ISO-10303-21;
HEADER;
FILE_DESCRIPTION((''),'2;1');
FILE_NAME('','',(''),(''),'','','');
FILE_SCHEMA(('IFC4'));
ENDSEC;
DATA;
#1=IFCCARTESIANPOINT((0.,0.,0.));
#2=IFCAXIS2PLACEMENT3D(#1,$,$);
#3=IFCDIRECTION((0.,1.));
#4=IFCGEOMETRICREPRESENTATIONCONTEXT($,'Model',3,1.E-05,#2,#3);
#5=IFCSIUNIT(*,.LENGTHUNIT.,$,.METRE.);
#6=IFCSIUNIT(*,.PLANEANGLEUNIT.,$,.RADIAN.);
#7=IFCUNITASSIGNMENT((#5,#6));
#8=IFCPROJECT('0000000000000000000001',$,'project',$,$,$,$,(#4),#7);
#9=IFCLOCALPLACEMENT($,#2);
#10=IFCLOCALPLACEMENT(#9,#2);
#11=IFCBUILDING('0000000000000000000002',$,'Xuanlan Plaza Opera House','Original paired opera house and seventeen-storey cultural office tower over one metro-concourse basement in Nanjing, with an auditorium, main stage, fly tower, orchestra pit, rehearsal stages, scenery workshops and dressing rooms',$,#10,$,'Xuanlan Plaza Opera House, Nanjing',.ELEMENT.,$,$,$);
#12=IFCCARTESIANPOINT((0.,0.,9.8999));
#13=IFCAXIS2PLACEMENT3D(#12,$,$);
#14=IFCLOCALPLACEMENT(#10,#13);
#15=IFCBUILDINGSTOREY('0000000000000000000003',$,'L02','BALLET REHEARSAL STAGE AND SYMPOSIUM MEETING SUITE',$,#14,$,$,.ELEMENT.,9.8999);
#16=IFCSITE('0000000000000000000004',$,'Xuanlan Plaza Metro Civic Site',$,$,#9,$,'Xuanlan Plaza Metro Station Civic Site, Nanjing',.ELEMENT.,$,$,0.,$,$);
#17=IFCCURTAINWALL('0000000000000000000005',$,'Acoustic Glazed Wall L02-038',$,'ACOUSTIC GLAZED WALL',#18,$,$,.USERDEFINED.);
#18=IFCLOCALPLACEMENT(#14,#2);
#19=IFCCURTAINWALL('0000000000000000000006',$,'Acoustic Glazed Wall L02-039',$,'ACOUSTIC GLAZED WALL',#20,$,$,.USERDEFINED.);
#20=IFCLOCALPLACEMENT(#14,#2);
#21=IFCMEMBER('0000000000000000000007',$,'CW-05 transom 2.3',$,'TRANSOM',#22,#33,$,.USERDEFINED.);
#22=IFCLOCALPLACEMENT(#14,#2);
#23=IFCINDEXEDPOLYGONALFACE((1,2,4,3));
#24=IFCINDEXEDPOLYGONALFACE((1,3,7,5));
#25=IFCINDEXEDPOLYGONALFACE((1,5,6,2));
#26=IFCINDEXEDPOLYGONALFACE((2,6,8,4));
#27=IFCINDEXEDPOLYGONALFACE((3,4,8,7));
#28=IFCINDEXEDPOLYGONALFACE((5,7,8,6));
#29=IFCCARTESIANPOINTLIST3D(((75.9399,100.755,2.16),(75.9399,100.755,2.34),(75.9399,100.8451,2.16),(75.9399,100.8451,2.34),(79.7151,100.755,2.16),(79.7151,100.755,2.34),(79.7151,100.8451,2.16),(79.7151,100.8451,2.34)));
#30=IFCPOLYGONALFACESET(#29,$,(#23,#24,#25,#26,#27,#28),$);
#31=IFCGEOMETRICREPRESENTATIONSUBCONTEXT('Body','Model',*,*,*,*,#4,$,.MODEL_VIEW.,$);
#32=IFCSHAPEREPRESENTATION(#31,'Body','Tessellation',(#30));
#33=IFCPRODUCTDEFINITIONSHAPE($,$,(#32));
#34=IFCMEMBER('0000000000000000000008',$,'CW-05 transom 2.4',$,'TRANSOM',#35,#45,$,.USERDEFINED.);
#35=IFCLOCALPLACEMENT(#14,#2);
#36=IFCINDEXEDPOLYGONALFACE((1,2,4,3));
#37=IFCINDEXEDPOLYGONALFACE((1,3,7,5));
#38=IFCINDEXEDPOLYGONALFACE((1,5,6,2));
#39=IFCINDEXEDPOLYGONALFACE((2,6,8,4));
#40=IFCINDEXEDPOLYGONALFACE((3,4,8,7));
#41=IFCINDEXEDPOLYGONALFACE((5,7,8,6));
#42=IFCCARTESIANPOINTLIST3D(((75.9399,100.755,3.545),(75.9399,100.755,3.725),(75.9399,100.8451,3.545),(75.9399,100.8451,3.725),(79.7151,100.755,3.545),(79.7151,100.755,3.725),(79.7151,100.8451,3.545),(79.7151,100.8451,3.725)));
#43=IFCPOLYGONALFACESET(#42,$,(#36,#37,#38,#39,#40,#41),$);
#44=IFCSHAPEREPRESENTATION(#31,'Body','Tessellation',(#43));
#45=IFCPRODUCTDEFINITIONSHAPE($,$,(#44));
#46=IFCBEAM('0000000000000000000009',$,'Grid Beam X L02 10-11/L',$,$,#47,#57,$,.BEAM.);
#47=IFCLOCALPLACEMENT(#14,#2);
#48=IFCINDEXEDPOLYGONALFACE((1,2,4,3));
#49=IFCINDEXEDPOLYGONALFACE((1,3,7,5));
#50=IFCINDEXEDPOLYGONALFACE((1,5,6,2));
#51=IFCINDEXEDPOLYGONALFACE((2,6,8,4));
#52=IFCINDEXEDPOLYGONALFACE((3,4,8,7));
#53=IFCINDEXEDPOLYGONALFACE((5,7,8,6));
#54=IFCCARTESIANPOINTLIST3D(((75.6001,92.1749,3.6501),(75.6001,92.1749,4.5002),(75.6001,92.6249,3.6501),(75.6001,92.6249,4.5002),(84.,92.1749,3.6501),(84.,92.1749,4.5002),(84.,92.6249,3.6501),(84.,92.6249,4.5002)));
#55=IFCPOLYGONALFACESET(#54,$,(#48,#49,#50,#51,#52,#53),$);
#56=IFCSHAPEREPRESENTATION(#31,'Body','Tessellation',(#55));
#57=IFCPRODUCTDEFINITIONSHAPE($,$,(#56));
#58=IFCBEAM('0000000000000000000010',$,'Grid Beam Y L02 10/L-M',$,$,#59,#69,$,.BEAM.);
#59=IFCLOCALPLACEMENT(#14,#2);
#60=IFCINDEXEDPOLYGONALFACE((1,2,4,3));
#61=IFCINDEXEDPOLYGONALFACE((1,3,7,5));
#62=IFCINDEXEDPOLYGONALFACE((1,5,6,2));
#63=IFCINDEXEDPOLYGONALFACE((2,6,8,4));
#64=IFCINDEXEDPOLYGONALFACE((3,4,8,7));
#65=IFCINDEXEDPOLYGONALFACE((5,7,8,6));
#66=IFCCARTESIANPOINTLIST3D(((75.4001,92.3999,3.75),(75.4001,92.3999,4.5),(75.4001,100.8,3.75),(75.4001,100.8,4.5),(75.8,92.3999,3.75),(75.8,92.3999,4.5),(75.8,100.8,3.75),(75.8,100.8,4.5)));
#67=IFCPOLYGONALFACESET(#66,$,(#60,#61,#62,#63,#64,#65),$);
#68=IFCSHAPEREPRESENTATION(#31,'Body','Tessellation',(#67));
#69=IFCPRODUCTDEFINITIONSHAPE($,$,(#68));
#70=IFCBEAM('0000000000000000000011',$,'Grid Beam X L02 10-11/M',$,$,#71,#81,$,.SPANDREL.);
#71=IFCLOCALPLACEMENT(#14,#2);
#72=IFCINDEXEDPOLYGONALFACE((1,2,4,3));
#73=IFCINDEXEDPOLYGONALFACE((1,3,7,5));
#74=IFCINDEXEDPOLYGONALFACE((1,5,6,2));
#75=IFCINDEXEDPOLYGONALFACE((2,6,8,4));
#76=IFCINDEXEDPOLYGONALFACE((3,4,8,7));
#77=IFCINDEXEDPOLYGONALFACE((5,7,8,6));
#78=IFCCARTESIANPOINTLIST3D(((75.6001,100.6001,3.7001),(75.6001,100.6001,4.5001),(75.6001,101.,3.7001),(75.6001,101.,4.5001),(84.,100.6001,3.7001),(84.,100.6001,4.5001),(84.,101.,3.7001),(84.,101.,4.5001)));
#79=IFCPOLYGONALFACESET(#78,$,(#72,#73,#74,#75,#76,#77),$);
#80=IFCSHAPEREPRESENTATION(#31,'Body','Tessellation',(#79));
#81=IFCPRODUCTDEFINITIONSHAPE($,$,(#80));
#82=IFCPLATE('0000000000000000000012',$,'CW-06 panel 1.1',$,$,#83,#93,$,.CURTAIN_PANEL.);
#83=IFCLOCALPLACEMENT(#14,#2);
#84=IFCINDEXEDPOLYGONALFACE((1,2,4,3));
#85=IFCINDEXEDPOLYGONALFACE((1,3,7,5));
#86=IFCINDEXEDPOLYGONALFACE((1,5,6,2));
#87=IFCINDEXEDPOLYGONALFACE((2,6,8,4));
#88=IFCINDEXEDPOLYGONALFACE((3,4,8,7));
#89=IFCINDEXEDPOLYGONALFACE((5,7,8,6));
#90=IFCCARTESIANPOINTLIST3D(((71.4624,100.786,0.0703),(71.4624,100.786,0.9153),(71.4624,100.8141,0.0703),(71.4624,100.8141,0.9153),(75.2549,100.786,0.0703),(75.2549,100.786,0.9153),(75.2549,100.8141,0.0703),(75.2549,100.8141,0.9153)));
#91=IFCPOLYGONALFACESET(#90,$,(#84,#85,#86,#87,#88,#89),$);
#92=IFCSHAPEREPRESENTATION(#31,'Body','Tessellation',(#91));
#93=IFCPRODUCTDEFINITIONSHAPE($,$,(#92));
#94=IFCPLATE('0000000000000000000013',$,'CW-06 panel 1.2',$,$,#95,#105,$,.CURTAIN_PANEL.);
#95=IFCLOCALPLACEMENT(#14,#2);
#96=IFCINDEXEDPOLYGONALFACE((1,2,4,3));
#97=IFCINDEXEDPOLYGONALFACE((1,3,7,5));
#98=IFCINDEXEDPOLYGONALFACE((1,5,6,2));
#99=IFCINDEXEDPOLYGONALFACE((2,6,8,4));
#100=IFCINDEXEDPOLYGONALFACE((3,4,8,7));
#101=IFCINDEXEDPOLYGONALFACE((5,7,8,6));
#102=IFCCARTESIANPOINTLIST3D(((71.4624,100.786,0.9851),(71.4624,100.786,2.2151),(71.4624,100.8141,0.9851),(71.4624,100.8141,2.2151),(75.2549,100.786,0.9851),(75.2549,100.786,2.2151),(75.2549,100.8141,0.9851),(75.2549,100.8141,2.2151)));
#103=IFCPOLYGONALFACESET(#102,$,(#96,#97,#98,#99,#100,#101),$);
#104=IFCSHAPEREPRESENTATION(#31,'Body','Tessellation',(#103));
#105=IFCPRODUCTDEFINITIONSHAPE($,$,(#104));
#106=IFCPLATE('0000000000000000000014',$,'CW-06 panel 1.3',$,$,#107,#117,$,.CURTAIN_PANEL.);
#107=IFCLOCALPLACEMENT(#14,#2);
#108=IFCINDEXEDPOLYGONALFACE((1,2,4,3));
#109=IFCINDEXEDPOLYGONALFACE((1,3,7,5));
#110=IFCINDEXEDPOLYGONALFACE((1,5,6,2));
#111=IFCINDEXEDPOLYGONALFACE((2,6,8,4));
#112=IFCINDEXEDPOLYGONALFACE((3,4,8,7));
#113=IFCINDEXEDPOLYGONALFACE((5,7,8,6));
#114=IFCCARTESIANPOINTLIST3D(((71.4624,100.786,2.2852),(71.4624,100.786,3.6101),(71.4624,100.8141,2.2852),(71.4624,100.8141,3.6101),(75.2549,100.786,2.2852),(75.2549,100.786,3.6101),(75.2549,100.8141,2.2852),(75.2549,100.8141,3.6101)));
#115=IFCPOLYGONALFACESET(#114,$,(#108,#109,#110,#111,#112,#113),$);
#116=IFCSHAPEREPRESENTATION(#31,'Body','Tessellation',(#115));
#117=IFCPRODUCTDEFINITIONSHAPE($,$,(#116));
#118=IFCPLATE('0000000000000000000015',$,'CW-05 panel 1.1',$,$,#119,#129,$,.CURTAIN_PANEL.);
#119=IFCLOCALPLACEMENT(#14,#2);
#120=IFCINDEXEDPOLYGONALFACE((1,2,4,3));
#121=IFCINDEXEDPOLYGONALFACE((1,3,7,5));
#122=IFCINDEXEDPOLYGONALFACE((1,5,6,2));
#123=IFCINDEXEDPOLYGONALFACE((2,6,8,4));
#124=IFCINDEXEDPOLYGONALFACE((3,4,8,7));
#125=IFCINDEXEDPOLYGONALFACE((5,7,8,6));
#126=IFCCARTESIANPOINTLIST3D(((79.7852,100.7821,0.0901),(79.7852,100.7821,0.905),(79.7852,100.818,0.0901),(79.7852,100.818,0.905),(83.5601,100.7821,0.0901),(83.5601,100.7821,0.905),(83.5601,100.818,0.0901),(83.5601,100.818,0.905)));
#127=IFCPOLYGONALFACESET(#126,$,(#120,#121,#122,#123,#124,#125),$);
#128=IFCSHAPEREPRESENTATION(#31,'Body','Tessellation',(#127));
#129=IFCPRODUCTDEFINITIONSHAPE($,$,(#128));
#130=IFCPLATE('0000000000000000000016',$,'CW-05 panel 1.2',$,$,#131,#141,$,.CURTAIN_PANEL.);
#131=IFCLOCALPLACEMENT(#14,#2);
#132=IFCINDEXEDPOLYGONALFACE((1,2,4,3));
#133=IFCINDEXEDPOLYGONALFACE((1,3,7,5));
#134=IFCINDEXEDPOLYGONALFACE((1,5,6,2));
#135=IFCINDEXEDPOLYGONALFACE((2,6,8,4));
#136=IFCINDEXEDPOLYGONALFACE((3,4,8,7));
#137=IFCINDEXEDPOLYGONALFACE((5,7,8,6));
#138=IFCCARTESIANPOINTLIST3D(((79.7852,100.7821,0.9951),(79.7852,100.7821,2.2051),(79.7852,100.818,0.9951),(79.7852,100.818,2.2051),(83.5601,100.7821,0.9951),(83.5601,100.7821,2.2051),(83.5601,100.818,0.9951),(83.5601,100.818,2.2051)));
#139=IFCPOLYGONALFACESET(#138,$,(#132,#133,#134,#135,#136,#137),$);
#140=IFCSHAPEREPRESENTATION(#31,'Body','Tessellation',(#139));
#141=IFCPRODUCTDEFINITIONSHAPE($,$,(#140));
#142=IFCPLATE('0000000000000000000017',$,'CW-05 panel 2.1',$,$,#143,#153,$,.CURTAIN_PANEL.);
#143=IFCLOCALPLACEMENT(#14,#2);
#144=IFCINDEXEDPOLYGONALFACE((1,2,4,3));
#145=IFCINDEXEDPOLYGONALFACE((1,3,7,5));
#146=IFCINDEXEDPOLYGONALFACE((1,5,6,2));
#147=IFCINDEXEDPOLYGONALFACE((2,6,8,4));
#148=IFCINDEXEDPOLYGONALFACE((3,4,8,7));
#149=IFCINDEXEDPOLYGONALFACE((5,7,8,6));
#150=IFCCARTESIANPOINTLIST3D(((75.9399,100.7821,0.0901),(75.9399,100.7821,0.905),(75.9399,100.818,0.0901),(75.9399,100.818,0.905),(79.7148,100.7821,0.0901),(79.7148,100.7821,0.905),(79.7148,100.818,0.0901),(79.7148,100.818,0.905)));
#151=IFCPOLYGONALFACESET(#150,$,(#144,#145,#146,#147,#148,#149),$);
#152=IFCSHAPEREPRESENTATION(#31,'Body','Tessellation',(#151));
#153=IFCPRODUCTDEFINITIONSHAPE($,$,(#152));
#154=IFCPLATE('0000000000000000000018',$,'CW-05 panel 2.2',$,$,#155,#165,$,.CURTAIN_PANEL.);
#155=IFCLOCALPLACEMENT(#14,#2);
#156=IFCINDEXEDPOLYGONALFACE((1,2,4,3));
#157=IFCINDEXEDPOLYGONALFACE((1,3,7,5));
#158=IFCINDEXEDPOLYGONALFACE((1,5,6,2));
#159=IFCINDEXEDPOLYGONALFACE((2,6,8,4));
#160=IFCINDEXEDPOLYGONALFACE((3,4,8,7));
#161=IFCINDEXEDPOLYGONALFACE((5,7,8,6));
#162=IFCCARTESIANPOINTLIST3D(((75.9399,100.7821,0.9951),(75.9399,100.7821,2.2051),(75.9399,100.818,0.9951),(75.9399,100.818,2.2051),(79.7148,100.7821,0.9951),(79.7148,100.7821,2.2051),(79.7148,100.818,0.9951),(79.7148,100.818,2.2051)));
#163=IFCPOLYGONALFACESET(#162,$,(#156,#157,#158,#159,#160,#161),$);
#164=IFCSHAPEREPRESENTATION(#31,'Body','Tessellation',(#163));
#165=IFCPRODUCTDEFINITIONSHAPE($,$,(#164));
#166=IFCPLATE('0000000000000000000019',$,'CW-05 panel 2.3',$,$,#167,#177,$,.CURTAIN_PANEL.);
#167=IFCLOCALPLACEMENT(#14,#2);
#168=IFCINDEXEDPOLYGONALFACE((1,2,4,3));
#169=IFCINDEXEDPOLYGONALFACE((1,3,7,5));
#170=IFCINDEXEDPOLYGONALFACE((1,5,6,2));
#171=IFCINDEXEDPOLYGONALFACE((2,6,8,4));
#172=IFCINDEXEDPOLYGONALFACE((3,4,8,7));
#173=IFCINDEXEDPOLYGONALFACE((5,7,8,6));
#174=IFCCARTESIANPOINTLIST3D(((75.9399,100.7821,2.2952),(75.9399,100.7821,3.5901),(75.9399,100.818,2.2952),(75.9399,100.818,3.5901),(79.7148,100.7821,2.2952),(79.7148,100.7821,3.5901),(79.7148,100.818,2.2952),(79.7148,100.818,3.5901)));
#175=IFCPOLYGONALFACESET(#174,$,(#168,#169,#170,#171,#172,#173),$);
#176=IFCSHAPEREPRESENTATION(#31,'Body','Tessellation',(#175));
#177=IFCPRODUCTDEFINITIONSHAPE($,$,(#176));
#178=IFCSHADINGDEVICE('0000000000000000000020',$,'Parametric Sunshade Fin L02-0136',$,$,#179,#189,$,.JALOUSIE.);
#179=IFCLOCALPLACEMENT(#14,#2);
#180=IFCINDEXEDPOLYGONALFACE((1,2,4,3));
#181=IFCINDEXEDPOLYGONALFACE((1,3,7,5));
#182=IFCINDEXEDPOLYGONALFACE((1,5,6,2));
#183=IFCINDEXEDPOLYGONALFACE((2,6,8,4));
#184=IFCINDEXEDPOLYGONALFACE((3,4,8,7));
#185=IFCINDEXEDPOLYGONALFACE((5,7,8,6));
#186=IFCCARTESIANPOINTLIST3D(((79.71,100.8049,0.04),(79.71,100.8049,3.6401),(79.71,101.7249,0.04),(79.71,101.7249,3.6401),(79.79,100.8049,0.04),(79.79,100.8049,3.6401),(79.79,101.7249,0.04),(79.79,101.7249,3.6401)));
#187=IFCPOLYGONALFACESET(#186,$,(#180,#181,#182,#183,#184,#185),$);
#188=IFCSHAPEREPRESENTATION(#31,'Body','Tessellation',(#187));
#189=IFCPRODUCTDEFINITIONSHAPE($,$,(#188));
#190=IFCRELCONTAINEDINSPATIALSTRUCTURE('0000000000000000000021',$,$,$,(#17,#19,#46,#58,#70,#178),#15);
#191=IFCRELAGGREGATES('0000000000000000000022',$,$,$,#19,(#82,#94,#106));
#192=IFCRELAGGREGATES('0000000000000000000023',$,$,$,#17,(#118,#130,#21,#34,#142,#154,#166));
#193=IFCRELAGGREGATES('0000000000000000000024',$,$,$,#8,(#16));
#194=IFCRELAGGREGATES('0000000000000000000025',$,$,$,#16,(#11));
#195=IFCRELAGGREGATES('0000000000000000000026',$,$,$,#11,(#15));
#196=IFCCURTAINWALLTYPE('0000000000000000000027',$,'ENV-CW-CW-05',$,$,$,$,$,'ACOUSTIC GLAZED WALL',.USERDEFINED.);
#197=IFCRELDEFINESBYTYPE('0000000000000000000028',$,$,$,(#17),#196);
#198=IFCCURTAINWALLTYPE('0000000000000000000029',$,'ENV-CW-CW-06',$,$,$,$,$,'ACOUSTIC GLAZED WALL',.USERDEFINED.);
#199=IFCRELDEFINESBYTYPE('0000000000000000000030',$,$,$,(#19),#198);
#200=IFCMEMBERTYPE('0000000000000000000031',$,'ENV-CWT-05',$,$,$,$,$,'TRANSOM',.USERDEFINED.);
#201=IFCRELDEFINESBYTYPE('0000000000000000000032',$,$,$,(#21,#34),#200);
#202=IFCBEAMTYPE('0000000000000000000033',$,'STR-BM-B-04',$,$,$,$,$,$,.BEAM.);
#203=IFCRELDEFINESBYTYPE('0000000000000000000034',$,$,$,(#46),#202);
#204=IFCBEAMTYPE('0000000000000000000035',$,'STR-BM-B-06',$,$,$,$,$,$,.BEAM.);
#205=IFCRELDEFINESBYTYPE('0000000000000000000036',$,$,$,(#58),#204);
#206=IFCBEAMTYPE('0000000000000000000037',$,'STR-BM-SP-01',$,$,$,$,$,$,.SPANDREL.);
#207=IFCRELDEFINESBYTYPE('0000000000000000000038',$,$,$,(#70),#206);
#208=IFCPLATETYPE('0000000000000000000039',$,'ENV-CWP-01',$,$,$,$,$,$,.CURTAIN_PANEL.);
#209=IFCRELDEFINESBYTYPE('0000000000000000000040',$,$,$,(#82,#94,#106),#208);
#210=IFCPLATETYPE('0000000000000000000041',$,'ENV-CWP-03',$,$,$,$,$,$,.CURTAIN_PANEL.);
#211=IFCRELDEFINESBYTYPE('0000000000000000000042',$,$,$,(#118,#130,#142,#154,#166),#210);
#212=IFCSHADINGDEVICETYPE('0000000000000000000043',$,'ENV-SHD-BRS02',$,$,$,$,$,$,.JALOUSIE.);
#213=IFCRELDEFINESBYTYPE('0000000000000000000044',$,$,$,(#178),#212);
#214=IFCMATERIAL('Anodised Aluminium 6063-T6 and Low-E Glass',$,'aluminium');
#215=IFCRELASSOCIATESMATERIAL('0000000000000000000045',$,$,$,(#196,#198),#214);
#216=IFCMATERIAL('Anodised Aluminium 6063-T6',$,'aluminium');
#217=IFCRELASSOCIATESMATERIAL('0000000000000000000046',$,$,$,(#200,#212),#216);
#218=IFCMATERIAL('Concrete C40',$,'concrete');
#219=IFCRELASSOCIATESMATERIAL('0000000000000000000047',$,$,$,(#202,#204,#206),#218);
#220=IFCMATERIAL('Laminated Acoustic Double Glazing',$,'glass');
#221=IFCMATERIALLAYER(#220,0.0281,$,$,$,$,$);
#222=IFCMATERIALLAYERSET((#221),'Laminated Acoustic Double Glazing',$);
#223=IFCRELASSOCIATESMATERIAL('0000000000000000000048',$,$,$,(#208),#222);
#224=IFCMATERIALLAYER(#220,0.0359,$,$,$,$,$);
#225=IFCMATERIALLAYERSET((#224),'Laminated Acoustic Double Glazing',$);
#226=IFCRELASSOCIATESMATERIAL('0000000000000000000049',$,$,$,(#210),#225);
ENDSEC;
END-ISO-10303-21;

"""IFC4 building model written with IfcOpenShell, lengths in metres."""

from ifc_helpers import new_model, si_unit, direction, frame, origin, origin_2d, place, context, subcontext, project, spatial, rectangle, extrude, material, layer, layer_set, material_profile, profile_set, type_object, element, aggregate, save


model = new_model("IFC4")

# Units and contexts
model_context = context("Model", 3, precision=1e-05, world=origin(), true_north=direction((0.0, 1.0)))
body_context = subcontext(model_context, "Body", "Model", "MODEL_VIEW")
ifc_project = project(units=[si_unit("LENGTHUNIT", "METRE"), si_unit("PLANEANGLEUNIT", "RADIAN")], contexts=[model_context])

# Site, building, storey
site_placement = place(None, origin())
site = spatial("IfcSite", under=ifc_project, at=site_placement, Name="Xuanlan Plaza Metro Civic Site", LongName="Xuanlan Plaza Metro Station Civic Site, Nanjing", CompositionType="ELEMENT", RefElevation=0.0)
building_placement = place(site_placement, origin())
building = spatial("IfcBuilding", under=site, at=building_placement, Name="Xuanlan Plaza Opera House", Description="Original paired opera house and seventeen-storey cultural office tower over one metro-concourse basement in Nanjing, with an auditorium, main stage, fly tower, orchestra pit, rehearsal stages, scenery workshops and dressing rooms", LongName="Xuanlan Plaza Opera House, Nanjing", CompositionType="ELEMENT")
storey_placement = place(building_placement, frame((0.0, 0.0, 9.8999)))
storey = spatial("IfcBuildingStorey", under=building, at=storey_placement, Name="L02", Description="BALLET REHEARSAL STAGE AND SYMPOSIUM MEETING SUITE", CompositionType="ELEMENT", Elevation=9.8999)

# Shared definitions
ifc_material_1 = material(Name="Concrete C40", Category="concrete")

# Curtain walls
ifc_material_2 = material(Name="Anodised Aluminium 6063-T6 and Low-E Glass", Category="aluminium")
curtain_wall_type_1 = type_object("IfcCurtainWallType", Name="ENV-CW-CW-05", ElementType="ACOUSTIC GLAZED WALL", PredefinedType="USERDEFINED", material=ifc_material_2)
curtain_wall_1_placement = place(storey_placement, origin())
curtain_wall_1 = element("IfcCurtainWall", 1, at=curtain_wall_1_placement, inside=storey, type_object=curtain_wall_type_1, Name="Acoustic Glazed Wall L02-038", ObjectType="ACOUSTIC GLAZED WALL", PredefinedType="USERDEFINED")
ifc_material_3 = material(Name="Anodised Aluminium 6063-T6", Category="aluminium")
curtain_wall_type_2 = type_object("IfcCurtainWallType", Name="ENV-CW-CW-06", ElementType="ACOUSTIC GLAZED WALL", PredefinedType="USERDEFINED", material=ifc_material_2)
curtain_wall_2_placement = place(storey_placement, origin())
curtain_wall_2 = element("IfcCurtainWall", 2, at=curtain_wall_2_placement, inside=storey, type_object=curtain_wall_type_2, Name="Acoustic Glazed Wall L02-039", ObjectType="ACOUSTIC GLAZED WALL", PredefinedType="USERDEFINED")

# Members
ifc_material_profile_1 = material_profile(ifc_material_3, rectangle(XDim=0.0901, YDim=0.1799, at=origin_2d()), Name="ALU-T 90x180")
ifc_profile_set_1 = profile_set([ifc_material_profile_1], Name="Anodised Aluminium 6063-T6")
member_type_1 = type_object("IfcMemberType", Name="ENV-CWT-05", ElementType="TRANSOM", PredefinedType="USERDEFINED", material=ifc_profile_set_1)
member_1_placement = place(storey_placement, frame((79.7151, 100.8, 2.25), z_axis=(-1.0, 0.0, 0.0), x_axis=(0.0, -1.0, 0.0)))
member_1 = element("IfcMember", 3, at=member_1_placement, type_object=member_type_1, Name="CW-05 transom 2.3", ObjectType="TRANSOM", PredefinedType="USERDEFINED", context=body_context, shape_type="SweptSolid", body=[
    extrude(rectangle(XDim=0.0901, YDim=0.1799, at=origin_2d()), origin(), (0.0, 0.0, 1.0), 3.7751),
])
member_2_placement = place(storey_placement, frame((79.7151, 100.8, 3.635), z_axis=(-1.0, 0.0, 0.0), x_axis=(0.0, -1.0, 0.0)))
member_2 = element("IfcMember", 4, at=member_2_placement, type_object=member_type_1, Name="CW-05 transom 2.4", ObjectType="TRANSOM", PredefinedType="USERDEFINED", context=body_context, shape_type="SweptSolid", body=[
    extrude(rectangle(XDim=0.0901, YDim=0.1799, at=origin_2d()), origin(), (0.0, 0.0, 1.0), 3.7751),
])

# Beams
ifc_material_profile_2 = material_profile(ifc_material_1, rectangle(XDim=0.45, YDim=0.8501, at=origin_2d()), Name="RC-BM 450x850")
ifc_profile_set_2 = profile_set([ifc_material_profile_2], Name="Concrete C40")
beam_type_1 = type_object("IfcBeamType", Name="STR-BM-B-04", PredefinedType="BEAM", material=ifc_profile_set_2)
beam_1_placement = place(storey_placement, frame((75.6001, 92.3999, 4.0752), z_axis=(1.0, 0.0, 0.0), x_axis=(0.0, 1.0, 0.0)))
element("IfcBeam", 5, at=beam_1_placement, inside=storey, type_object=beam_type_1, Name="Grid Beam X L02 10-11/L", PredefinedType="BEAM", context=body_context, shape_type="SweptSolid", body=[
    extrude(rectangle(XDim=0.45, YDim=0.8501, at=origin_2d()), origin(), (0.0, 0.0, 1.0), 8.3999),
])
ifc_material_profile_3 = material_profile(ifc_material_1, rectangle(XDim=0.3999, YDim=0.75, at=origin_2d()), Name="RC-BM 400x750")
ifc_profile_set_3 = profile_set([ifc_material_profile_3], Name="Concrete C40")
beam_type_2 = type_object("IfcBeamType", Name="STR-BM-B-06", PredefinedType="BEAM", material=ifc_profile_set_3)
beam_2_placement = place(storey_placement, frame((75.6001, 92.3999, 4.125), z_axis=(0.0, 1.0, 0.0), x_axis=(-1.0, 0.0, 0.0)))
element("IfcBeam", 6, at=beam_2_placement, inside=storey, type_object=beam_type_2, Name="Grid Beam Y L02 10/L-M", PredefinedType="BEAM", context=body_context, shape_type="SweptSolid", body=[
    extrude(rectangle(XDim=0.3999, YDim=0.75, at=origin_2d()), origin(), (0.0, 0.0, 1.0), 8.4001),
])
ifc_material_profile_4 = material_profile(ifc_material_1, rectangle(XDim=0.3999, YDim=0.8, at=origin_2d()), Name="RC-SPD 400x800")
ifc_profile_set_4 = profile_set([ifc_material_profile_4], Name="Concrete C40")
beam_type_3 = type_object("IfcBeamType", Name="STR-BM-SP-01", PredefinedType="SPANDREL", material=ifc_profile_set_4)
beam_3_placement = place(storey_placement, frame((75.6001, 100.8, 4.1001), z_axis=(1.0, 0.0, 0.0), x_axis=(0.0, 1.0, 0.0)))
element("IfcBeam", 7, at=beam_3_placement, inside=storey, type_object=beam_type_3, Name="Grid Beam X L02 10-11/M", PredefinedType="SPANDREL", context=body_context, shape_type="SweptSolid", body=[
    extrude(rectangle(XDim=0.3999, YDim=0.8, at=origin_2d()), origin(), (0.0, 0.0, 1.0), 8.3999),
])

# Plates
ifc_material_4 = material(Name="Laminated Acoustic Double Glazing", Category="glass")
ifc_layer_1 = layer(ifc_material_4, 0.0281)
ifc_layer_set_1 = layer_set([ifc_layer_1], Name="Laminated Acoustic Double Glazing")
plate_type_1 = type_object("IfcPlateType", Name="ENV-CWP-01", PredefinedType="CURTAIN_PANEL", material=ifc_layer_set_1)
plate_1_placement = place(storey_placement, frame((73.3586, 100.8, 0.0703), z_axis=(0.0, 0.0, 1.0), x_axis=(-1.0, 0.0, 0.0)))
plate_1 = element("IfcPlate", 8, at=plate_1_placement, type_object=plate_type_1, Name="CW-06 panel 1.1", PredefinedType="CURTAIN_PANEL", context=body_context, shape_type="SweptSolid", body=[
    extrude(rectangle(XDim=3.7925, YDim=0.0281, at=origin_2d()), origin(), (0.0, 0.0, 1.0), 0.845),
])
plate_2_placement = place(storey_placement, frame((73.3586, 100.8, 0.9851), z_axis=(0.0, 0.0, 1.0), x_axis=(-1.0, 0.0, 0.0)))
plate_2 = element("IfcPlate", 9, at=plate_2_placement, type_object=plate_type_1, Name="CW-06 panel 1.2", PredefinedType="CURTAIN_PANEL", context=body_context, shape_type="SweptSolid", body=[
    extrude(rectangle(XDim=3.7925, YDim=0.0281, at=origin_2d()), origin(), (0.0, 0.0, 1.0), 1.23),
])
plate_3_placement = place(storey_placement, frame((73.3586, 100.8, 2.2852), z_axis=(0.0, 0.0, 1.0), x_axis=(-1.0, 0.0, 0.0)))
plate_3 = element("IfcPlate", 10, at=plate_3_placement, type_object=plate_type_1, Name="CW-06 panel 1.3", PredefinedType="CURTAIN_PANEL", context=body_context, shape_type="SweptSolid", body=[
    extrude(rectangle(XDim=3.7925, YDim=0.0281, at=origin_2d()), origin(), (0.0, 0.0, 1.0), 1.325),
])
aggregate(curtain_wall_2, [plate_1, plate_2, plate_3])
ifc_layer_2 = layer(ifc_material_4, 0.0359)
ifc_layer_set_2 = layer_set([ifc_layer_2], Name="Laminated Acoustic Double Glazing")
plate_type_2 = type_object("IfcPlateType", Name="ENV-CWP-03", PredefinedType="CURTAIN_PANEL", material=ifc_layer_set_2)
plate_4_placement = place(storey_placement, frame((81.6726, 100.8, 0.0901), z_axis=(0.0, 0.0, 1.0), x_axis=(-1.0, 0.0, 0.0)))
plate_4 = element("IfcPlate", 11, at=plate_4_placement, type_object=plate_type_2, Name="CW-05 panel 1.1", PredefinedType="CURTAIN_PANEL", context=body_context, shape_type="SweptSolid", body=[
    extrude(rectangle(XDim=3.7749, YDim=0.0359, at=origin_2d()), origin(), (0.0, 0.0, 1.0), 0.8149),
])
plate_5_placement = place(storey_placement, frame((81.6726, 100.8, 0.9951), z_axis=(0.0, 0.0, 1.0), x_axis=(-1.0, 0.0, 0.0)))
plate_5 = element("IfcPlate", 12, at=plate_5_placement, type_object=plate_type_2, Name="CW-05 panel 1.2", PredefinedType="CURTAIN_PANEL", context=body_context, shape_type="SweptSolid", body=[
    extrude(rectangle(XDim=3.7749, YDim=0.0359, at=origin_2d()), origin(), (0.0, 0.0, 1.0), 1.21),
])
plate_6_placement = place(storey_placement, frame((77.8274, 100.8, 0.0901), z_axis=(0.0, 0.0, 1.0), x_axis=(-1.0, 0.0, 0.0)))
plate_6 = element("IfcPlate", 13, at=plate_6_placement, type_object=plate_type_2, Name="CW-05 panel 2.1", PredefinedType="CURTAIN_PANEL", context=body_context, shape_type="SweptSolid", body=[
    extrude(rectangle(XDim=3.7749, YDim=0.0359, at=origin_2d()), origin(), (0.0, 0.0, 1.0), 0.8149),
])
plate_7_placement = place(storey_placement, frame((77.8274, 100.8, 0.9951), z_axis=(0.0, 0.0, 1.0), x_axis=(-1.0, 0.0, 0.0)))
plate_7 = element("IfcPlate", 14, at=plate_7_placement, type_object=plate_type_2, Name="CW-05 panel 2.2", PredefinedType="CURTAIN_PANEL", context=body_context, shape_type="SweptSolid", body=[
    extrude(rectangle(XDim=3.7749, YDim=0.0359, at=origin_2d()), origin(), (0.0, 0.0, 1.0), 1.21),
])
plate_8_placement = place(storey_placement, frame((77.8274, 100.8, 2.2952), z_axis=(0.0, 0.0, 1.0), x_axis=(-1.0, 0.0, 0.0)))
plate_8 = element("IfcPlate", 15, at=plate_8_placement, type_object=plate_type_2, Name="CW-05 panel 2.3", PredefinedType="CURTAIN_PANEL", context=body_context, shape_type="SweptSolid", body=[
    extrude(rectangle(XDim=3.7749, YDim=0.0359, at=origin_2d()), origin(), (0.0, 0.0, 1.0), 1.2949),
])
aggregate(curtain_wall_1, [plate_4, plate_5, member_1, member_2, plate_6, plate_7, plate_8])

# Shading device
shading_device_type = type_object("IfcShadingDeviceType", Name="ENV-SHD-BRS02", PredefinedType="JALOUSIE", material=ifc_material_3)
for number, where, z_axis, x_axis, name in (
    (16, (79.75, 101.2649, 0.04), (0.0, 0.0, 1.0), (0.0, 1.0, 0.0), "Parametric Sunshade Fin L02-0136"),
):
    element("IfcShadingDevice", number, at=place(storey_placement, frame(where, z_axis=z_axis, x_axis=x_axis)), inside=storey, type_object=shading_device_type, Name=name, PredefinedType="JALOUSIE", context=body_context, shape_type="SweptSolid", body=[
        extrude(rectangle(XDim=0.9199, YDim=0.0801, at=origin_2d()), origin(), (0.0, 0.0, 1.0), 3.6001),
    ])

save(model, "model.ifc")
